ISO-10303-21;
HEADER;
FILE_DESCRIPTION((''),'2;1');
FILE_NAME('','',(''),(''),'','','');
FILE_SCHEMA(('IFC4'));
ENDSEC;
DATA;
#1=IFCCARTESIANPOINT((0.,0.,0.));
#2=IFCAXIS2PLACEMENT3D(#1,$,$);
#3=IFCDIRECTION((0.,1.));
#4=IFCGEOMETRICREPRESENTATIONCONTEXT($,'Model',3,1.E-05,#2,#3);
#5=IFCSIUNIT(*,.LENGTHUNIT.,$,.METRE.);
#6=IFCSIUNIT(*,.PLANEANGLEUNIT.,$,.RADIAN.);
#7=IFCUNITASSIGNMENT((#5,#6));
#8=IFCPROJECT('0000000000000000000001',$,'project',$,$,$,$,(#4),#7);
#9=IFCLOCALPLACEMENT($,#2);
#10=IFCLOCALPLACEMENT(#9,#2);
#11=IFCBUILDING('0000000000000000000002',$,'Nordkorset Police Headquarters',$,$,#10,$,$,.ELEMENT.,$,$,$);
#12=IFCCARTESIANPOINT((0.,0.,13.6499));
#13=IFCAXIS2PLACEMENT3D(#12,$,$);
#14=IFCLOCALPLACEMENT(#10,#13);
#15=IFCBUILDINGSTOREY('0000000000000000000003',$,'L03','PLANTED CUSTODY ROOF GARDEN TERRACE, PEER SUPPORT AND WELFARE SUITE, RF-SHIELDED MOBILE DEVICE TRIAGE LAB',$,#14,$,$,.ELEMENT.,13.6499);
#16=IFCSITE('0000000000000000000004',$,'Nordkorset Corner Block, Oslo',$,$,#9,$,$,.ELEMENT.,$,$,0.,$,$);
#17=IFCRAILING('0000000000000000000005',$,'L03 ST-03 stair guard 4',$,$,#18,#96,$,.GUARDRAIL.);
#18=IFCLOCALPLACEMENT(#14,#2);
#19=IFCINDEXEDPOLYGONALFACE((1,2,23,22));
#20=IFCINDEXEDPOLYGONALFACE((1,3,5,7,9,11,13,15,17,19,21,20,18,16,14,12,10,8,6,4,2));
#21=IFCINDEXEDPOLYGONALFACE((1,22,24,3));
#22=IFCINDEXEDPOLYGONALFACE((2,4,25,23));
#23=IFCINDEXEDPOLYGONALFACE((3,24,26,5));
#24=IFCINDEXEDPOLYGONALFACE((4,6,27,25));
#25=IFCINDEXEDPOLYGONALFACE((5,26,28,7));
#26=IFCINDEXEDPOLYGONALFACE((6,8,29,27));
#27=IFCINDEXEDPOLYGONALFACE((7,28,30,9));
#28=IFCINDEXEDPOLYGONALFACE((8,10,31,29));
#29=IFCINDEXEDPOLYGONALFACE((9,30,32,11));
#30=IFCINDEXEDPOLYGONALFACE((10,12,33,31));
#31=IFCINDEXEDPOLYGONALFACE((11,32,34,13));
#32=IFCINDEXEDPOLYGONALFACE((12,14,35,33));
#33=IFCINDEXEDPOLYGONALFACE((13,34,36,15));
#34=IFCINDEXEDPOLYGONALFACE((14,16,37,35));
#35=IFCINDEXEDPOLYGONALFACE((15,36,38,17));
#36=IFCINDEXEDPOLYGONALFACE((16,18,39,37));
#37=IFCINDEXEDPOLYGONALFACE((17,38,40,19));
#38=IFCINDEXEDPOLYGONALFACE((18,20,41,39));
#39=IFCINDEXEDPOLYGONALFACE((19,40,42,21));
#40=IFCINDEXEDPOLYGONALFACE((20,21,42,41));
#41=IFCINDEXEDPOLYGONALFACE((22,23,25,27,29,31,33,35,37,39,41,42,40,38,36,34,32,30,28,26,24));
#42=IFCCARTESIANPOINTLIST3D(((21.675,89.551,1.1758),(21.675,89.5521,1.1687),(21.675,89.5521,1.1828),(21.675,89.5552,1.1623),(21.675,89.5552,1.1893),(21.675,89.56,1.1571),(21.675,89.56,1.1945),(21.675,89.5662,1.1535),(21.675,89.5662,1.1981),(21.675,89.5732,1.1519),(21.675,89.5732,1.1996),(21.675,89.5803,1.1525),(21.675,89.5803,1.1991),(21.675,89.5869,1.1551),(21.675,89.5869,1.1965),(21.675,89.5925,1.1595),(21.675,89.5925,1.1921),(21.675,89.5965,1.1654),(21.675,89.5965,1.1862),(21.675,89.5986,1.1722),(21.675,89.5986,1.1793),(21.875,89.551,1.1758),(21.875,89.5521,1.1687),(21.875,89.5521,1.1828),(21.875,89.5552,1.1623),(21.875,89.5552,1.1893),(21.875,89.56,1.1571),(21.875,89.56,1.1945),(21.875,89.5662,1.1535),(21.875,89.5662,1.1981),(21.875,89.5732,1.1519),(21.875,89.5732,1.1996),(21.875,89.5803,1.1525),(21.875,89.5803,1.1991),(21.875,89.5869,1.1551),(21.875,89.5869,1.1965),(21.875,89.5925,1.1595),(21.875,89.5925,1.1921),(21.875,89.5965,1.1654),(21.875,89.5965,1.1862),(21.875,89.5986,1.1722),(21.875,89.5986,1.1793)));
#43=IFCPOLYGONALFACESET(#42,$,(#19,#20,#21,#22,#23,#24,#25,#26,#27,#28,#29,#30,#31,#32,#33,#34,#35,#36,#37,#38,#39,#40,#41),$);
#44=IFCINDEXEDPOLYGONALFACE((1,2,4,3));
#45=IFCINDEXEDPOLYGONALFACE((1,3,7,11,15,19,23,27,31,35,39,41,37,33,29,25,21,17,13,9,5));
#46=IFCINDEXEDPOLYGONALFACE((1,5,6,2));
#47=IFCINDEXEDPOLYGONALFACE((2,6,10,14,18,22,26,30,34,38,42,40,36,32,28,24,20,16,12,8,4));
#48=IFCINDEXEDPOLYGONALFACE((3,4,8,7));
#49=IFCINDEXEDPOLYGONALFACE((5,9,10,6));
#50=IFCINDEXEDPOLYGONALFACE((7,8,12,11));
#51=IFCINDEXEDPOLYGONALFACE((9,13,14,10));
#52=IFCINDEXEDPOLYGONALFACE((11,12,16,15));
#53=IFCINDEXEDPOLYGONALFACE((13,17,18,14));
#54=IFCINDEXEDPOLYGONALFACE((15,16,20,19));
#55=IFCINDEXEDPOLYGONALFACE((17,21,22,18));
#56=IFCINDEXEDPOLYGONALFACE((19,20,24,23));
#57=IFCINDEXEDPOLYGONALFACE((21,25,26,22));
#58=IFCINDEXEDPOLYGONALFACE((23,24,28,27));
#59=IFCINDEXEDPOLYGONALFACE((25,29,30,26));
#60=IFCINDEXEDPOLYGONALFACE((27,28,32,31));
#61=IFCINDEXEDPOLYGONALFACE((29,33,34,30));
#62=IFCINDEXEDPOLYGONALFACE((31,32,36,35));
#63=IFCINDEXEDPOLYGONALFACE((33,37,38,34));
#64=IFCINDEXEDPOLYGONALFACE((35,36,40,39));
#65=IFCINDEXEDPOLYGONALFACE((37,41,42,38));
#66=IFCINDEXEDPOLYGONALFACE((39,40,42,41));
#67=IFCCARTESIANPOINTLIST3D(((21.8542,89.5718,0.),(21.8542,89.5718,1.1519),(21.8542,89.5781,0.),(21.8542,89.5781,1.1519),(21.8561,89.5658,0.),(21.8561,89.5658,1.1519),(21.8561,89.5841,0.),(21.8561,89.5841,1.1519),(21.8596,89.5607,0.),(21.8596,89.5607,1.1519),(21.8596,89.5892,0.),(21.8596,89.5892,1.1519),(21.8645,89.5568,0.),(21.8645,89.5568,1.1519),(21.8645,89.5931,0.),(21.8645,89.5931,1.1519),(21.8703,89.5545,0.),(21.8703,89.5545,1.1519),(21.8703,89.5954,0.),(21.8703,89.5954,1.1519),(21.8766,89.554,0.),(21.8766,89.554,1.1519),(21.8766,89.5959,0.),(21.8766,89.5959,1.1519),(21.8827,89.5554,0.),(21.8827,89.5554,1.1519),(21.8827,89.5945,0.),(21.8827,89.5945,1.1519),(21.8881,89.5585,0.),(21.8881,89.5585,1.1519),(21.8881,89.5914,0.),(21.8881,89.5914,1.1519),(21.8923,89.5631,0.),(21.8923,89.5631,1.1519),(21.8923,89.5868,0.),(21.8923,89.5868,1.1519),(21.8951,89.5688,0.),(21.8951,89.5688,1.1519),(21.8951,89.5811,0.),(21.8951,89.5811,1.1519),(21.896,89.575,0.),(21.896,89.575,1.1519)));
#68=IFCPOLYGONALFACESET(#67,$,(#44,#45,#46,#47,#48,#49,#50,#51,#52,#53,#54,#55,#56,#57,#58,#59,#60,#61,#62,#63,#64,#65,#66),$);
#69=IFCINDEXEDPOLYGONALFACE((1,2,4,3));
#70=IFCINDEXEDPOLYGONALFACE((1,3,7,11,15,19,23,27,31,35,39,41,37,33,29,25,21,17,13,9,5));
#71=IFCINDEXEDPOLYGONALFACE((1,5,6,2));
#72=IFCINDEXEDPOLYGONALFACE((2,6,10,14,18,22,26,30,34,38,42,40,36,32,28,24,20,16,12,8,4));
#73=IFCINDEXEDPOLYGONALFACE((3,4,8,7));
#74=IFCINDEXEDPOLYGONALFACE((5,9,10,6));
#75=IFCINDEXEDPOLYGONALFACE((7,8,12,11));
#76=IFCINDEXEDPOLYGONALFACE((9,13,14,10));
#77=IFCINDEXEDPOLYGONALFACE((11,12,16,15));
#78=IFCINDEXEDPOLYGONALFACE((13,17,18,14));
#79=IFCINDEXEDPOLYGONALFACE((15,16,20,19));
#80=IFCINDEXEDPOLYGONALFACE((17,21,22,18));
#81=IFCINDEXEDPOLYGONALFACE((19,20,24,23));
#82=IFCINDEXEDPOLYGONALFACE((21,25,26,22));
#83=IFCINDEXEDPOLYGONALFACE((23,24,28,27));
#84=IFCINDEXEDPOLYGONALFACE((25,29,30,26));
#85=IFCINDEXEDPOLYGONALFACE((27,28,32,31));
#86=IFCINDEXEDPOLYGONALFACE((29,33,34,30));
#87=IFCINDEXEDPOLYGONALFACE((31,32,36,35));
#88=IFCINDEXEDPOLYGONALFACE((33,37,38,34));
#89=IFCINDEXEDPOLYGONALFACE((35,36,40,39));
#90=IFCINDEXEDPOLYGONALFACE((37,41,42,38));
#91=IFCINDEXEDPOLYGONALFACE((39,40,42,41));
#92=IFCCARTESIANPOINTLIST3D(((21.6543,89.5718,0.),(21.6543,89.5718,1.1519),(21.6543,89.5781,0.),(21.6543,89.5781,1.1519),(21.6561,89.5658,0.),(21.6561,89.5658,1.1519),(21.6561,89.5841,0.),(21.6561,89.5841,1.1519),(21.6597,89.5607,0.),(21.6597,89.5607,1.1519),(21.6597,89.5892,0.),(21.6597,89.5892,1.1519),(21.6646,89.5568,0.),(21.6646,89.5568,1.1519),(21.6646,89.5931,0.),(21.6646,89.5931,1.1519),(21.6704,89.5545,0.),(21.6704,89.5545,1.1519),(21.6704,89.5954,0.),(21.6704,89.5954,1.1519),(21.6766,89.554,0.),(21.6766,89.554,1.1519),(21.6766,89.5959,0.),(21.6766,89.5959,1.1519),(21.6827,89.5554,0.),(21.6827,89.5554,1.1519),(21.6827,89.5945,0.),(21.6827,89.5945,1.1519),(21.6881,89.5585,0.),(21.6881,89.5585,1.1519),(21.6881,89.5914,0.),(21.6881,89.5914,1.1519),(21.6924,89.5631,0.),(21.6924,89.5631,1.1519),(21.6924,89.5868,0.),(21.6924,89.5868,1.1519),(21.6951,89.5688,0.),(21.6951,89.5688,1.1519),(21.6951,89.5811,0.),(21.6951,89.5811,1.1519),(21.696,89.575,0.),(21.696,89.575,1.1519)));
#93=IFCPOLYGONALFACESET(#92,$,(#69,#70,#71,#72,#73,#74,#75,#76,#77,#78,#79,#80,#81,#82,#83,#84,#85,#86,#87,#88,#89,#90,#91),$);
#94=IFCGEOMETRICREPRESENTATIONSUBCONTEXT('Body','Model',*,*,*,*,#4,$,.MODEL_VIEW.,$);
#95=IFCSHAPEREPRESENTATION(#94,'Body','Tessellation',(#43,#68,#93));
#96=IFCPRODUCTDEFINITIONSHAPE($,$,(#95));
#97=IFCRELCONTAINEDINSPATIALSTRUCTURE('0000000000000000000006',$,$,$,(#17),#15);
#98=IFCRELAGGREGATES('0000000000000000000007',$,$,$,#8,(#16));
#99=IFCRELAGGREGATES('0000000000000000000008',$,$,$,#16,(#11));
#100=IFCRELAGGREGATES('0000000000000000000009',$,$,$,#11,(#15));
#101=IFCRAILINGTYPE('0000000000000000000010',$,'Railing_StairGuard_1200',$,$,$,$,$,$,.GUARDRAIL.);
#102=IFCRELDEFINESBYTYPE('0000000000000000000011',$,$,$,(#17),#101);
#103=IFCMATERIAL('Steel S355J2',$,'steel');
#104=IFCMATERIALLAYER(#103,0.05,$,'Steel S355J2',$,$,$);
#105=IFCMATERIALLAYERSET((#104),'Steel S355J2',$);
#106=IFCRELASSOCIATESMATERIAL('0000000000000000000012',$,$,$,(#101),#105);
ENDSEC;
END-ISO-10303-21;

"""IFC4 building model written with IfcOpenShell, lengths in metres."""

from ifc_helpers import new_model, si_unit, direction, frame, origin, origin_2d, place, context, subcontext, project, spatial, circle, extrude, material, layer, layer_set, type_object, element, save


model = new_model("IFC4")

# Units and contexts
model_context = context("Model", 3, precision=1e-05, world=origin(), true_north=direction((0.0, 1.0)))
body_context = subcontext(model_context, "Body", "Model", "MODEL_VIEW")
ifc_project = project(units=[si_unit("LENGTHUNIT", "METRE"), si_unit("PLANEANGLEUNIT", "RADIAN")], contexts=[model_context])

# Site, building, storey
site_placement = place(None, origin())
site = spatial("IfcSite", under=ifc_project, at=site_placement, Name="Nordkorset Corner Block, Oslo", CompositionType="ELEMENT", RefElevation=0.0)
building_placement = place(site_placement, origin())
building = spatial("IfcBuilding", under=site, at=building_placement, Name="Nordkorset Police Headquarters", CompositionType="ELEMENT")
storey_placement = place(building_placement, frame((0.0, 0.0, 13.6499)))
storey = spatial("IfcBuildingStorey", under=building, at=storey_placement, Name="L03", Description="PLANTED CUSTODY ROOF GARDEN TERRACE, PEER SUPPORT AND WELFARE SUITE, RF-SHIELDED MOBILE DEVICE TRIAGE LAB", CompositionType="ELEMENT", Elevation=13.6499)

# Railing
ifc_material_1 = material(Name="Steel S355J2", Category="steel")
ifc_layer_1 = layer(ifc_material_1, 0.05, Name="Steel S355J2")
ifc_layer_set_1 = layer_set([ifc_layer_1], Name="Steel S355J2")
railing_type_1 = type_object("IfcRailingType", Name="Railing_StairGuard_1200", PredefinedType="GUARDRAIL", material=ifc_layer_set_1)
railing_1_placement = place(storey_placement, frame((21.875, 89.575, 0.0)))
element("IfcRailing", 1, at=railing_1_placement, inside=storey, type_object=railing_type_1, Name="L03 ST-03 stair guard 4", PredefinedType="GUARDRAIL", context=body_context, shape_type="SweptSolid", body=[
    extrude(circle(Radius=0.0239, at=origin_2d()), frame((0.0, 0.0, 1.1758), z_axis=(-1.0, 0.0, 0.0), x_axis=(0.0, -1.0, 0.0)), (0.0, 0.0, 1.0), 0.2),
    extrude(circle(Radius=0.021, at=origin_2d()), origin(), (0.0, 0.0, 1.0), 1.1519),
    extrude(circle(Radius=0.021, at=origin_2d()), frame((-0.2, 0.0, 0.0)), (0.0, 0.0, 1.0), 1.1519),
])

save(model, "model.ifc")
